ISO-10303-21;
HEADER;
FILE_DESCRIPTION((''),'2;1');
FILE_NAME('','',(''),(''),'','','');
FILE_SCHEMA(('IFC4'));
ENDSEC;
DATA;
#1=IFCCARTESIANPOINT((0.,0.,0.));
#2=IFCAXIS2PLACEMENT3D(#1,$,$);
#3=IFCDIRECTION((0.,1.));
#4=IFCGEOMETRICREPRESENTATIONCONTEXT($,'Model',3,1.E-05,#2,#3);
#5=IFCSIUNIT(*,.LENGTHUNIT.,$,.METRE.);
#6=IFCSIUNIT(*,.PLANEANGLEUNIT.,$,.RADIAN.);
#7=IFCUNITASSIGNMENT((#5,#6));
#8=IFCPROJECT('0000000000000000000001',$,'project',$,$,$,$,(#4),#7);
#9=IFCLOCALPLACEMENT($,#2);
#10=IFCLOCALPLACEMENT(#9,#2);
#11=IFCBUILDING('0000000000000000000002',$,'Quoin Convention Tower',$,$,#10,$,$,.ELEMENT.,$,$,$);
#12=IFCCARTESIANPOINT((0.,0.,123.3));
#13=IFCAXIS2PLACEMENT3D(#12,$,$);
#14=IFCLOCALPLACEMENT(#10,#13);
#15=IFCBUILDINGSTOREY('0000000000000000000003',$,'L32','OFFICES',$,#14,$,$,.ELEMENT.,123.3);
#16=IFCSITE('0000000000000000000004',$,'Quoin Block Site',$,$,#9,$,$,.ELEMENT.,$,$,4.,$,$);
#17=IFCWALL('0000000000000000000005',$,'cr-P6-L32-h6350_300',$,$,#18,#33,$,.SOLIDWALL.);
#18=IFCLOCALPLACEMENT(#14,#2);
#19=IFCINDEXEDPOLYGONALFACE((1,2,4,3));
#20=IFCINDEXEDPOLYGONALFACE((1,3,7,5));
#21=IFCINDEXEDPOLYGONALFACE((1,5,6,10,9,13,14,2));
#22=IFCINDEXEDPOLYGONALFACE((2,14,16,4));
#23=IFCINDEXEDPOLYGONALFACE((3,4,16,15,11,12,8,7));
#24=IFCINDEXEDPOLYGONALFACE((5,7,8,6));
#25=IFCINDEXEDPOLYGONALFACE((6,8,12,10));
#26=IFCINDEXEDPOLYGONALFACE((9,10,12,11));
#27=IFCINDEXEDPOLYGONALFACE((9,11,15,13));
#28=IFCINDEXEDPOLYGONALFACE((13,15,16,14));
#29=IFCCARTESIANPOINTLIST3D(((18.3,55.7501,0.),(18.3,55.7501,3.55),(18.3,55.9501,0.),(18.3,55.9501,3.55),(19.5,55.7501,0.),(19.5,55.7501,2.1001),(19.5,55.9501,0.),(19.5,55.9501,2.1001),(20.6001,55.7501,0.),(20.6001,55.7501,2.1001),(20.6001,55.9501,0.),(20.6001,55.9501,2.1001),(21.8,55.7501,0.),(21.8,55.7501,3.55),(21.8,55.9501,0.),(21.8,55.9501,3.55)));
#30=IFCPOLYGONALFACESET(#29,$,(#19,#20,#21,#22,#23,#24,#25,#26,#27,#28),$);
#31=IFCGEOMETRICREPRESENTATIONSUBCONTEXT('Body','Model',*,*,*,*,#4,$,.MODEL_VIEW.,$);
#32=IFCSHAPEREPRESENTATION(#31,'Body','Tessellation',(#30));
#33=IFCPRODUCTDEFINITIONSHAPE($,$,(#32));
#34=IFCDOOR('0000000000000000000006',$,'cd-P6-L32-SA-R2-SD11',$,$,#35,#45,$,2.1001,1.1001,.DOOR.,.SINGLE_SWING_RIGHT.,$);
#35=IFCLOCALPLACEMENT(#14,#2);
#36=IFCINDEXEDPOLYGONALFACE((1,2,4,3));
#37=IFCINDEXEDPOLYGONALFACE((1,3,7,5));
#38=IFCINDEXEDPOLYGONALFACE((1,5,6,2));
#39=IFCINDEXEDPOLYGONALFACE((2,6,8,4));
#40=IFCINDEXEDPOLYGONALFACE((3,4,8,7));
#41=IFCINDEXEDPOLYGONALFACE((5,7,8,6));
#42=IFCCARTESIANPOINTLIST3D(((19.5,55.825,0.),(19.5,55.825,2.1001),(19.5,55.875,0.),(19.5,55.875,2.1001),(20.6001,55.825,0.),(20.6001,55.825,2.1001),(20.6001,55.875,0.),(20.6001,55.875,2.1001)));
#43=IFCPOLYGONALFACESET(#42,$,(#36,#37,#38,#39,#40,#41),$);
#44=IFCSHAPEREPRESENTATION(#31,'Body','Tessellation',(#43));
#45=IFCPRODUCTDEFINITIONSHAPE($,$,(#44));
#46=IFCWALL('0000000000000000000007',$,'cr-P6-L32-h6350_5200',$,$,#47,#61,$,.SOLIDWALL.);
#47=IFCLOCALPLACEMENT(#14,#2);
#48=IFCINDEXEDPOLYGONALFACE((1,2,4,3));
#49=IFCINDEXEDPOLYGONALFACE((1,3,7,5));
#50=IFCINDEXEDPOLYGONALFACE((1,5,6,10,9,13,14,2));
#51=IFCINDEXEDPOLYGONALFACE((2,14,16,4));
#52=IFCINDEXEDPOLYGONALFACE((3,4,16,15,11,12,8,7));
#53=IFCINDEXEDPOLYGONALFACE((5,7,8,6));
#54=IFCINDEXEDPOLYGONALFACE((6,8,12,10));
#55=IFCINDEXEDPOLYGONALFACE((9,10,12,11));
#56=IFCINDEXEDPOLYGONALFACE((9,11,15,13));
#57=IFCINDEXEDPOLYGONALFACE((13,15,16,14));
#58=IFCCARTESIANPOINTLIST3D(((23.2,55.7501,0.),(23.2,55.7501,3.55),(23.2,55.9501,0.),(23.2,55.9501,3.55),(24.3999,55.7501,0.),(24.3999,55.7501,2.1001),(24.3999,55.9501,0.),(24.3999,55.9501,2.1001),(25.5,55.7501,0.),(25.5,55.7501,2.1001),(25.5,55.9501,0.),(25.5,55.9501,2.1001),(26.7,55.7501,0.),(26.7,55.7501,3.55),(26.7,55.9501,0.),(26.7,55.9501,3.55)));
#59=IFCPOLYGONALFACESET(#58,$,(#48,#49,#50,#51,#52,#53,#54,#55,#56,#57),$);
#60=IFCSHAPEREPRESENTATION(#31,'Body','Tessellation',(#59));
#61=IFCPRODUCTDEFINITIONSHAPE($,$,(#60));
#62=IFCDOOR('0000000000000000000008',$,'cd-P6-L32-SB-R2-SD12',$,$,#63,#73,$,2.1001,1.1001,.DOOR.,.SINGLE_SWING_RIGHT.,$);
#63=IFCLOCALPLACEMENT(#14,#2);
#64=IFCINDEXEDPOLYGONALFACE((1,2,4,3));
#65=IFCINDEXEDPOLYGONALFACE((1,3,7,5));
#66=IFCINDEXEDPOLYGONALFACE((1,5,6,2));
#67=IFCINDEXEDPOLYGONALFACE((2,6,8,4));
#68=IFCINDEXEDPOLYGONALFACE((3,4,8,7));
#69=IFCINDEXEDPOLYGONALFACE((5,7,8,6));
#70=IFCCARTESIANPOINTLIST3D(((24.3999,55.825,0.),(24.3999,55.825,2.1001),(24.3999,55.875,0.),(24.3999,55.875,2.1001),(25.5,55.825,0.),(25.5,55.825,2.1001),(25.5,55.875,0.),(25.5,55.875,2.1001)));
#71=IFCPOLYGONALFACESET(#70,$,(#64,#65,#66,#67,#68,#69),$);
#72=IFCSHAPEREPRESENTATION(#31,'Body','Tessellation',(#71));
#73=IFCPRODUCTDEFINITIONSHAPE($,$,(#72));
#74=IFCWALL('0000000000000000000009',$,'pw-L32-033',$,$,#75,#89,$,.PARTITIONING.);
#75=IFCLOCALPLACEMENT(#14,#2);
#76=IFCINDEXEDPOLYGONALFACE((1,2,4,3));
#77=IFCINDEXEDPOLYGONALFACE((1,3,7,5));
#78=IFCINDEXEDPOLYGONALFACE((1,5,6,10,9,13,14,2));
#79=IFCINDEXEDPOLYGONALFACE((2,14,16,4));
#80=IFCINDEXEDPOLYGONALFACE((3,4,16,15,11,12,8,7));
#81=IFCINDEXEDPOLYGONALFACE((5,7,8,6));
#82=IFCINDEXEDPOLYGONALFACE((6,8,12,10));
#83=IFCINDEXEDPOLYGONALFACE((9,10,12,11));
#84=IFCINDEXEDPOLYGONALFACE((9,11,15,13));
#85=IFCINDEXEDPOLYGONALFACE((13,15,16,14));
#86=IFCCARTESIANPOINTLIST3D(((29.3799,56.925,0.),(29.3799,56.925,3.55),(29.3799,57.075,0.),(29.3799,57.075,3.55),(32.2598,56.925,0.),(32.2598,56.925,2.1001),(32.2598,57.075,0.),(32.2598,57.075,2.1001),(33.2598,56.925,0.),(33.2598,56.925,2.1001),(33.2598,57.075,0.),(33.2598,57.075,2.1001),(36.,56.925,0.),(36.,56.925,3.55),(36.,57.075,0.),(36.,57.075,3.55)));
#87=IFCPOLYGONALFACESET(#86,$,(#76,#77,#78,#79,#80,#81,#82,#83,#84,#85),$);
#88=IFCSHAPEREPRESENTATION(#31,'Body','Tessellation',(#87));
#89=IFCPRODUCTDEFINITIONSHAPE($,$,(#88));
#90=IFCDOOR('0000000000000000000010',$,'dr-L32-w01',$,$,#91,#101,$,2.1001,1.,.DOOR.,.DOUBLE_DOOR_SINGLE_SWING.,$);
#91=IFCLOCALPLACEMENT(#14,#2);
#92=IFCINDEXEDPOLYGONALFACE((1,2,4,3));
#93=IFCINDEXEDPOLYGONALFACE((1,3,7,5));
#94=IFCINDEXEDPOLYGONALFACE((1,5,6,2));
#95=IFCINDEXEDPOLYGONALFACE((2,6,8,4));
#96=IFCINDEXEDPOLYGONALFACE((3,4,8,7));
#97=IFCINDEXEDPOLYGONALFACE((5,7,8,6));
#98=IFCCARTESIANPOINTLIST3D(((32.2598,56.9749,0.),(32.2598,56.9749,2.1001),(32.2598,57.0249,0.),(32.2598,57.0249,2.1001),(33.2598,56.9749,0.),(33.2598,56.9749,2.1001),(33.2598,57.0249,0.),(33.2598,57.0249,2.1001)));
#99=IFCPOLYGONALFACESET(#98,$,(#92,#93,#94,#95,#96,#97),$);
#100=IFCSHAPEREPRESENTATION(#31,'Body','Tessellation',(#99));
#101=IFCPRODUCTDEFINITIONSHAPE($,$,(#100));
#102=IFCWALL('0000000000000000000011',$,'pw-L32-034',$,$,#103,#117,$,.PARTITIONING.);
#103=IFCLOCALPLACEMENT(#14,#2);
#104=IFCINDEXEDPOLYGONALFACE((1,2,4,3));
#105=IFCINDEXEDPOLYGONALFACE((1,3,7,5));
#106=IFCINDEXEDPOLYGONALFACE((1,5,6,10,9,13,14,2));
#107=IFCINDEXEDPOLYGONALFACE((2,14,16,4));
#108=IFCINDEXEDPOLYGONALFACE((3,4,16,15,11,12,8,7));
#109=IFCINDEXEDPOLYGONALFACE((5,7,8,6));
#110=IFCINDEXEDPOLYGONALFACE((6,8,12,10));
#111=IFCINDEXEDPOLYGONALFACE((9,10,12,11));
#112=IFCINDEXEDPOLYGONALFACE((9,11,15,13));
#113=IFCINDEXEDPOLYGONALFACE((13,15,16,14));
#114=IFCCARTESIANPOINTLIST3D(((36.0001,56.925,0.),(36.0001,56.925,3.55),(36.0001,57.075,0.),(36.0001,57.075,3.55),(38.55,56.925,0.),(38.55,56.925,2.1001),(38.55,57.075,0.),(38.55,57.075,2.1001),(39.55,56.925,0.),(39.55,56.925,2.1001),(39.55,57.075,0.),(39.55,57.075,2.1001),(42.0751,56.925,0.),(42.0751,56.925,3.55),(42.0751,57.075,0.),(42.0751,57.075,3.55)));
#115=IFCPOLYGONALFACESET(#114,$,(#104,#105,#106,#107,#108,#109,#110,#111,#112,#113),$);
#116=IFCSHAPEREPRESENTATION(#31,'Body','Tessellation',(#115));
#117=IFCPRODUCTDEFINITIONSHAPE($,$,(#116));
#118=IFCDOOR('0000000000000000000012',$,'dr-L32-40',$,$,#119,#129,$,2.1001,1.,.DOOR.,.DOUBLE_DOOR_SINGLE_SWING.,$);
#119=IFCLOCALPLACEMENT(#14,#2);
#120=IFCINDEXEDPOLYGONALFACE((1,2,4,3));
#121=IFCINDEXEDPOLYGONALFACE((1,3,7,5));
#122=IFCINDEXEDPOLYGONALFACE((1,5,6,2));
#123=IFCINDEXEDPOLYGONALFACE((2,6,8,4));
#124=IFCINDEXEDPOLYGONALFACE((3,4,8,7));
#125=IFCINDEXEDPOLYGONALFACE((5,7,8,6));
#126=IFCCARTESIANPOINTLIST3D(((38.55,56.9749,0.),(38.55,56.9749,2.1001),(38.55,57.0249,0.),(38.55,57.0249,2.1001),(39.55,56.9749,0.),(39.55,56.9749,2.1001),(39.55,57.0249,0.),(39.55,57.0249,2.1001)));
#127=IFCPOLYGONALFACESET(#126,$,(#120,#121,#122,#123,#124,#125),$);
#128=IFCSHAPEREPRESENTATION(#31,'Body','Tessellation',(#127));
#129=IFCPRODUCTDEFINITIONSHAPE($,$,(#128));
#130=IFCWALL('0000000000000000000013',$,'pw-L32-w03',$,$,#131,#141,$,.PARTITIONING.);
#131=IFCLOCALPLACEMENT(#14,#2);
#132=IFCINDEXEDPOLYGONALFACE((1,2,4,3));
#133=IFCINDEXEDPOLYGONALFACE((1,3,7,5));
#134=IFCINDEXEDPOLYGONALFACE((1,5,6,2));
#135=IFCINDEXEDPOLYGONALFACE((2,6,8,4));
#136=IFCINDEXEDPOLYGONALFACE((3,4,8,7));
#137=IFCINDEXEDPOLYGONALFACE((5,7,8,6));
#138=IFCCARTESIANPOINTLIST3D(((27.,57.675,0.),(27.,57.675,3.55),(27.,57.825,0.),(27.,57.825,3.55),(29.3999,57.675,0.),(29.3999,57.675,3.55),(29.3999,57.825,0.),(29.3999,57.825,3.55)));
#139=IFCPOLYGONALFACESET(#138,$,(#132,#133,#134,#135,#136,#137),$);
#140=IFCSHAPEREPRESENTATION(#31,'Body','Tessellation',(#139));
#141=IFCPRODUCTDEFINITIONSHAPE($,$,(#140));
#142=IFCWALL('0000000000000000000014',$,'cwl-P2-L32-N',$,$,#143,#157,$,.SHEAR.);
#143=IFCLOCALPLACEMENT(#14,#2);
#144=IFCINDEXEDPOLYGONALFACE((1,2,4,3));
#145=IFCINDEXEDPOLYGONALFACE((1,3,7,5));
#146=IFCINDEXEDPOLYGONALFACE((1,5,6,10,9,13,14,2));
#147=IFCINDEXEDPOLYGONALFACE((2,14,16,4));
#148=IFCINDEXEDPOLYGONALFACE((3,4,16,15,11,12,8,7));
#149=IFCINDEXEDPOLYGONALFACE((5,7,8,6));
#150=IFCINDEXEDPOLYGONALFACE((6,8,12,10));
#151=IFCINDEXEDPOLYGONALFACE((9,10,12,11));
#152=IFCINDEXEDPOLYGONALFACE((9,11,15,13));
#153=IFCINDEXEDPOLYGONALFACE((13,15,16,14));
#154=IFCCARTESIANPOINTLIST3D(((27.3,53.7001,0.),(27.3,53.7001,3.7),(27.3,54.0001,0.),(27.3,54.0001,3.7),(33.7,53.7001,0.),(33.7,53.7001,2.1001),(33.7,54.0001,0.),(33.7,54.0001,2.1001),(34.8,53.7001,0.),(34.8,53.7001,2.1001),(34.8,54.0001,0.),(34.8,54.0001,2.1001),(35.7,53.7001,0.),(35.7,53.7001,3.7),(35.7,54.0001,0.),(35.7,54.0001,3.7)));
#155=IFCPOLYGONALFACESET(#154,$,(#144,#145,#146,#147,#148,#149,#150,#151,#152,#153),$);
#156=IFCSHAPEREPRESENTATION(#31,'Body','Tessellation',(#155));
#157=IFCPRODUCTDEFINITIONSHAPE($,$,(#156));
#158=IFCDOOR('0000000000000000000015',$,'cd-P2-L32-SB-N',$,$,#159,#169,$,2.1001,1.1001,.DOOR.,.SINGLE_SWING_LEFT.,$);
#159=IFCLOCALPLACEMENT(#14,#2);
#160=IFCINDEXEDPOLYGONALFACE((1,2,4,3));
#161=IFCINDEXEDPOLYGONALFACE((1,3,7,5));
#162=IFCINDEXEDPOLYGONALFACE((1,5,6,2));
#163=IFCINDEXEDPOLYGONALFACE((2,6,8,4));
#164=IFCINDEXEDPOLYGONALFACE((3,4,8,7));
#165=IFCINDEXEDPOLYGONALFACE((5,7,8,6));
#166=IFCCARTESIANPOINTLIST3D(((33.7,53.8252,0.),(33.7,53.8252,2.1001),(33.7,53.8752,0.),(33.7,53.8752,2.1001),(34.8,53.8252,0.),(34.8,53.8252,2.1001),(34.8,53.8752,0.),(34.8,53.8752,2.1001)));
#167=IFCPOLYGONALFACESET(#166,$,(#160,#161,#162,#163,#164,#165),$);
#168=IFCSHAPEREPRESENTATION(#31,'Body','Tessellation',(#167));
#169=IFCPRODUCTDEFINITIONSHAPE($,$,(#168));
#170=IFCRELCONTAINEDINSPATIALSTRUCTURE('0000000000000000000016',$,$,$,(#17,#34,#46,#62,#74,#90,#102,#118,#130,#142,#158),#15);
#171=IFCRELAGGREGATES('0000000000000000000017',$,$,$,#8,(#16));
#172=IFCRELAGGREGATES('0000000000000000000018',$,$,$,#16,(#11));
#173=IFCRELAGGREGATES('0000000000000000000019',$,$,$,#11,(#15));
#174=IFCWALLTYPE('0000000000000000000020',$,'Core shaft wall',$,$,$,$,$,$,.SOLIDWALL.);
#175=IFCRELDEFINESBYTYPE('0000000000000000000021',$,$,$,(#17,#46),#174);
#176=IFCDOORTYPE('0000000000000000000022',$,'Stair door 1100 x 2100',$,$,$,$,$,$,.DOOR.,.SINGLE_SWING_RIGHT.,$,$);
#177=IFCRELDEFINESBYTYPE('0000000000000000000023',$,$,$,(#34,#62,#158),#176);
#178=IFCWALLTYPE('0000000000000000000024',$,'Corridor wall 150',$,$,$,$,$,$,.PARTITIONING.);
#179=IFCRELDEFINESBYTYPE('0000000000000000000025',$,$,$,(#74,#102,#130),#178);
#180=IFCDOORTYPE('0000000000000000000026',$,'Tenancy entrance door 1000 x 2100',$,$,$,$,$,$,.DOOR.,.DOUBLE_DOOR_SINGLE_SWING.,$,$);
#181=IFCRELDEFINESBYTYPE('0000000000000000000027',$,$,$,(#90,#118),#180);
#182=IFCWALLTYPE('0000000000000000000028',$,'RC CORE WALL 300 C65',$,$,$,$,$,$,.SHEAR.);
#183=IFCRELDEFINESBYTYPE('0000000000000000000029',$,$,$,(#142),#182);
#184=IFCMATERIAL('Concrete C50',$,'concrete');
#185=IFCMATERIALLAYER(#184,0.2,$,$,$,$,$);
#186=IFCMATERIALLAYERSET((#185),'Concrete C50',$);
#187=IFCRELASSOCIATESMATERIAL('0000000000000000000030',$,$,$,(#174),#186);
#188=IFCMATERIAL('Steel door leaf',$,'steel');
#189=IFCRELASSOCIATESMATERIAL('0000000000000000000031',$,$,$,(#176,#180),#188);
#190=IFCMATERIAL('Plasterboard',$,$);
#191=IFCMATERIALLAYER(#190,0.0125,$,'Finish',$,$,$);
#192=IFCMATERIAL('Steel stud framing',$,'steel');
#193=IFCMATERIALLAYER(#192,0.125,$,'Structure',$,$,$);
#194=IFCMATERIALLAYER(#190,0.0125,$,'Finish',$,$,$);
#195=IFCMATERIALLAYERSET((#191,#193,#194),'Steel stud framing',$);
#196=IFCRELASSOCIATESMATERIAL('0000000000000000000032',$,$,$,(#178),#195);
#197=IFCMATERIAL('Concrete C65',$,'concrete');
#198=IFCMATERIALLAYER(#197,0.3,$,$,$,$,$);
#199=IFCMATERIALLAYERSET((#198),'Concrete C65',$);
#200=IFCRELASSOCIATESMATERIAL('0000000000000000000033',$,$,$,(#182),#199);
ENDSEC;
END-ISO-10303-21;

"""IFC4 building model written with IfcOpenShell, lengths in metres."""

from ifc_helpers import new_model, si_unit, direction, frame, frame_2d, origin, place, context, subcontext, project, spatial, rectangle, extrude, material, layer, layer_set, type_object, element, fill, save


model = new_model("IFC4")

# Units and contexts
model_context = context("Model", 3, precision=1e-05, world=origin(), true_north=direction((0.0, 1.0)))
body_context = subcontext(model_context, "Body", "Model", "MODEL_VIEW")
ifc_project = project(units=[si_unit("LENGTHUNIT", "METRE"), si_unit("PLANEANGLEUNIT", "RADIAN")], contexts=[model_context])

# Site, building, storey
site_placement = place(None, origin())
site = spatial("IfcSite", under=ifc_project, at=site_placement, Name="Quoin Block Site", CompositionType="ELEMENT", RefElevation=4.0)
building_placement = place(site_placement, origin())
building = spatial("IfcBuilding", under=site, at=building_placement, Name="Quoin Convention Tower", CompositionType="ELEMENT")
storey_placement = place(building_placement, frame((0.0, 0.0, 123.3)))
storey = spatial("IfcBuildingStorey", under=building, at=storey_placement, Name="L32", Description="OFFICES", CompositionType="ELEMENT", Elevation=123.3)

# Shared definitions
ifc_material_1 = material(Name="Concrete C65", Category="concrete")

# Shared definitions
ifc_material_2 = material(Name="Concrete C50", Category="concrete")
ifc_layer_1 = layer(ifc_material_2, 0.2)
ifc_layer_set_1 = layer_set([ifc_layer_1], Name="Concrete C50")
wall_type_1 = type_object("IfcWallType", Name="Core shaft wall", PredefinedType="SOLIDWALL", material=ifc_layer_set_1)

# Walls, openings, doors
wall_1_placement = place(storey_placement, frame((18.3, 55.8501, 0.0), z_axis=(0.0, 0.0, 1.0), x_axis=(1.0, 0.0, 0.0)))
wall_1 = element("IfcWall", 1, at=wall_1_placement, inside=storey, type_object=wall_type_1, Name="cr-P6-L32-h6350_300", PredefinedType="SOLIDWALL", context=body_context, shape_type="SweptSolid", body=[
    extrude(rectangle(XDim=3.5, YDim=0.2, at=frame_2d((1.75, 0.0))), origin(), (0.0, 0.0, 1.0), 3.55),
])
opening_1_placement = place(wall_1_placement, frame((1.2, 0.0, 0.0)))
opening_1 = element("IfcOpeningElement", 2, at=opening_1_placement, cuts=wall_1, PredefinedType="OPENING", context=body_context, shape_type="SweptSolid", body=[
    extrude(rectangle(XDim=1.1001, YDim=2.1001, at=frame_2d((0.55, 1.05))), frame((0.0, 0.1099, 0.0), z_axis=(0.0, -1.0, 0.0), x_axis=(1.0, 0.0, 0.0)), (0.0, 0.0, 1.0), 0.22),
])
ifc_material_3 = material(Name="Steel door leaf", Category="steel")
door_type_1 = type_object("IfcDoorType", Name="Stair door 1100 x 2100", OperationType="SINGLE_SWING_RIGHT", PredefinedType="DOOR", material=ifc_material_3)
door_1_placement = place(opening_1_placement, origin())
door_1 = element("IfcDoor", 3, at=door_1_placement, inside=storey, type_object=door_type_1, Name="cd-P6-L32-SA-R2-SD11", OperationType="SINGLE_SWING_RIGHT", OverallHeight=2.1001, OverallWidth=1.1001, PredefinedType="DOOR", context=body_context, shape_type="SweptSolid", body=[
    extrude(rectangle(XDim=1.1001, YDim=2.1001, at=frame_2d((0.55, 1.05))), frame((0.0, 0.0249, 0.0), z_axis=(0.0, -1.0, 0.0), x_axis=(1.0, 0.0, 0.0)), (0.0, 0.0, 1.0), 0.05),
])
fill(opening_1, door_1)
wall_2_placement = place(storey_placement, frame((23.2, 55.8501, 0.0), z_axis=(0.0, 0.0, 1.0), x_axis=(1.0, 0.0, 0.0)))
wall_2 = element("IfcWall", 4, at=wall_2_placement, inside=storey, type_object=wall_type_1, Name="cr-P6-L32-h6350_5200", PredefinedType="SOLIDWALL", context=body_context, shape_type="SweptSolid", body=[
    extrude(rectangle(XDim=3.5, YDim=0.2, at=frame_2d((1.75, 0.0))), origin(), (0.0, 0.0, 1.0), 3.55),
])
opening_2_placement = place(wall_2_placement, frame((1.2, 0.0, 0.0)))
opening_2 = element("IfcOpeningElement", 5, at=opening_2_placement, cuts=wall_2, PredefinedType="OPENING", context=body_context, shape_type="SweptSolid", body=[
    extrude(rectangle(XDim=1.1001, YDim=2.1001, at=frame_2d((0.55, 1.05))), frame((0.0, 0.1099, 0.0), z_axis=(0.0, -1.0, 0.0), x_axis=(1.0, 0.0, 0.0)), (0.0, 0.0, 1.0), 0.22),
])
door_2_placement = place(opening_2_placement, origin())
door_2 = element("IfcDoor", 6, at=door_2_placement, inside=storey, type_object=door_type_1, Name="cd-P6-L32-SB-R2-SD12", OperationType="SINGLE_SWING_RIGHT", OverallHeight=2.1001, OverallWidth=1.1001, PredefinedType="DOOR", context=body_context, shape_type="SweptSolid", body=[
    extrude(rectangle(XDim=1.1001, YDim=2.1001, at=frame_2d((0.55, 1.05))), frame((0.0, 0.0249, 0.0), z_axis=(0.0, -1.0, 0.0), x_axis=(1.0, 0.0, 0.0)), (0.0, 0.0, 1.0), 0.05),
])
fill(opening_2, door_2)
ifc_material_4 = material(Name="Plasterboard")
ifc_layer_2 = layer(ifc_material_4, 0.0125, Name="Finish")
ifc_material_5 = material(Name="Steel stud framing", Category="steel")
ifc_layer_3 = layer(ifc_material_5, 0.125, Name="Structure")
ifc_layer_4 = layer(ifc_material_4, 0.0125, Name="Finish")
ifc_layer_set_2 = layer_set([ifc_layer_2, ifc_layer_3, ifc_layer_4], Name="Steel stud framing")
wall_type_2 = type_object("IfcWallType", Name="Corridor wall 150", PredefinedType="PARTITIONING", material=ifc_layer_set_2)
wall_3_placement = place(storey_placement, frame((29.3799, 57.0, 0.0), z_axis=(0.0, 0.0, 1.0), x_axis=(1.0, 0.0, 0.0)))
wall_3 = element("IfcWall", 7, at=wall_3_placement, inside=storey, type_object=wall_type_2, Name="pw-L32-033", PredefinedType="PARTITIONING", context=body_context, shape_type="SweptSolid", body=[
    extrude(rectangle(XDim=6.6201, YDim=0.1499, at=frame_2d((3.3101, 0.0))), origin(), (0.0, 0.0, 1.0), 3.55),
])
opening_3_placement = place(wall_3_placement, frame((2.8799, 0.0, 0.0)))
opening_3 = element("IfcOpeningElement", 8, at=opening_3_placement, cuts=wall_3, PredefinedType="OPENING", context=body_context, shape_type="SweptSolid", body=[
    extrude(rectangle(XDim=1.0, YDim=2.1001, at=frame_2d((0.5, 1.05))), frame((0.0, 0.085, 0.0), z_axis=(0.0, -1.0, 0.0), x_axis=(1.0, 0.0, 0.0)), (0.0, 0.0, 1.0), 0.1699),
])
door_type_2 = type_object("IfcDoorType", Name="Tenancy entrance door 1000 x 2100", OperationType="DOUBLE_DOOR_SINGLE_SWING", PredefinedType="DOOR", material=ifc_material_3)
door_3_placement = place(opening_3_placement, origin())
door_3 = element("IfcDoor", 9, at=door_3_placement, inside=storey, type_object=door_type_2, Name="dr-L32-w01", OperationType="DOUBLE_DOOR_SINGLE_SWING", OverallHeight=2.1001, OverallWidth=1.0, PredefinedType="DOOR", context=body_context, shape_type="SweptSolid", body=[
    extrude(rectangle(XDim=1.0, YDim=2.1001, at=frame_2d((0.5, 1.05))), frame((0.0, 0.0249, 0.0), z_axis=(0.0, -1.0, 0.0), x_axis=(1.0, 0.0, 0.0)), (0.0, 0.0, 1.0), 0.05),
])
fill(opening_3, door_3)
wall_4_placement = place(storey_placement, frame((36.0, 57.0, 0.0), z_axis=(0.0, 0.0, 1.0), x_axis=(1.0, 0.0, 0.0)))
wall_4 = element("IfcWall", 10, at=wall_4_placement, inside=storey, type_object=wall_type_2, Name="pw-L32-034", PredefinedType="PARTITIONING", context=body_context, shape_type="SweptSolid", body=[
    extrude(rectangle(XDim=6.075, YDim=0.1499, at=frame_2d((3.0376, 0.0))), origin(), (0.0, 0.0, 1.0), 3.55),
])
opening_4_placement = place(wall_4_placement, frame((2.55, 0.0, 0.0)))
opening_4 = element("IfcOpeningElement", 11, at=opening_4_placement, cuts=wall_4, PredefinedType="OPENING", context=body_context, shape_type="SweptSolid", body=[
    extrude(rectangle(XDim=1.0, YDim=2.1001, at=frame_2d((0.5, 1.05))), frame((0.0, 0.085, 0.0), z_axis=(0.0, -1.0, 0.0), x_axis=(1.0, 0.0, 0.0)), (0.0, 0.0, 1.0), 0.1699),
])
door_4_placement = place(opening_4_placement, origin())
door_4 = element("IfcDoor", 12, at=door_4_placement, inside=storey, type_object=door_type_2, Name="dr-L32-40", OperationType="DOUBLE_DOOR_SINGLE_SWING", OverallHeight=2.1001, OverallWidth=1.0, PredefinedType="DOOR", context=body_context, shape_type="SweptSolid", body=[
    extrude(rectangle(XDim=1.0, YDim=2.1001, at=frame_2d((0.5, 1.05))), frame((0.0, 0.0249, 0.0), z_axis=(0.0, -1.0, 0.0), x_axis=(1.0, 0.0, 0.0)), (0.0, 0.0, 1.0), 0.05),
])
fill(opening_4, door_4)

# Wall
wall_5_placement = place(storey_placement, frame((27.0, 57.75, 0.0), z_axis=(0.0, 0.0, 1.0), x_axis=(1.0, 0.0, 0.0)))
element("IfcWall", 13, at=wall_5_placement, inside=storey, type_object=wall_type_2, Name="pw-L32-w03", PredefinedType="PARTITIONING", context=body_context, shape_type="SweptSolid", body=[
    extrude(rectangle(XDim=2.3999, YDim=0.1499, at=frame_2d((1.2, 0.0))), origin(), (0.0, 0.0, 1.0), 3.55),
])

# Wall, opening, door
ifc_layer_5 = layer(ifc_material_1, 0.3)
ifc_layer_set_3 = layer_set([ifc_layer_5], Name="Concrete C65")
wall_type_3 = type_object("IfcWallType", Name="RC CORE WALL 300 C65", PredefinedType="SHEAR", material=ifc_layer_set_3)
wall_6_placement = place(storey_placement, frame((27.3, 53.8501, 0.0), z_axis=(0.0, 0.0, 1.0), x_axis=(1.0, 0.0, 0.0)))
wall_6 = element("IfcWall", 14, at=wall_6_placement, inside=storey, type_object=wall_type_3, Name="cwl-P2-L32-N", PredefinedType="SHEAR", context=body_context, shape_type="SweptSolid", body=[
    extrude(rectangle(XDim=8.3999, YDim=0.3, at=frame_2d((4.2, 0.0))), origin(), (0.0, 0.0, 1.0), 3.7),
])
opening_5_placement = place(wall_6_placement, frame((6.3999, 0.0, 0.0)))
opening_5 = element("IfcOpeningElement", 15, at=opening_5_placement, cuts=wall_6, PredefinedType="OPENING", context=body_context, shape_type="SweptSolid", body=[
    extrude(rectangle(XDim=1.1001, YDim=2.1001, at=frame_2d((0.55, 1.05))), frame((0.0, 0.1599, 0.0), z_axis=(0.0, -1.0, 0.0), x_axis=(1.0, 0.0, 0.0)), (0.0, 0.0, 1.0), 0.3201),
])
door_5_placement = place(opening_5_placement, frame((1.1001, 0.0, 0.0), z_axis=(0.0, 0.0, 1.0), x_axis=(-1.0, 0.0, 0.0)))
door_5 = element("IfcDoor", 16, at=door_5_placement, inside=storey, type_object=door_type_1, Name="cd-P2-L32-SB-N", OperationType="SINGLE_SWING_LEFT", OverallHeight=2.1001, OverallWidth=1.1001, PredefinedType="DOOR", context=body_context, shape_type="SweptSolid", body=[
    extrude(rectangle(XDim=1.1001, YDim=2.1001, at=frame_2d((0.55, 1.05))), frame((0.0, 0.0249, 0.0), z_axis=(0.0, -1.0, 0.0), x_axis=(1.0, 0.0, 0.0)), (0.0, 0.0, 1.0), 0.05),
])
fill(opening_5, door_5)

save(model, "model.ifc")
